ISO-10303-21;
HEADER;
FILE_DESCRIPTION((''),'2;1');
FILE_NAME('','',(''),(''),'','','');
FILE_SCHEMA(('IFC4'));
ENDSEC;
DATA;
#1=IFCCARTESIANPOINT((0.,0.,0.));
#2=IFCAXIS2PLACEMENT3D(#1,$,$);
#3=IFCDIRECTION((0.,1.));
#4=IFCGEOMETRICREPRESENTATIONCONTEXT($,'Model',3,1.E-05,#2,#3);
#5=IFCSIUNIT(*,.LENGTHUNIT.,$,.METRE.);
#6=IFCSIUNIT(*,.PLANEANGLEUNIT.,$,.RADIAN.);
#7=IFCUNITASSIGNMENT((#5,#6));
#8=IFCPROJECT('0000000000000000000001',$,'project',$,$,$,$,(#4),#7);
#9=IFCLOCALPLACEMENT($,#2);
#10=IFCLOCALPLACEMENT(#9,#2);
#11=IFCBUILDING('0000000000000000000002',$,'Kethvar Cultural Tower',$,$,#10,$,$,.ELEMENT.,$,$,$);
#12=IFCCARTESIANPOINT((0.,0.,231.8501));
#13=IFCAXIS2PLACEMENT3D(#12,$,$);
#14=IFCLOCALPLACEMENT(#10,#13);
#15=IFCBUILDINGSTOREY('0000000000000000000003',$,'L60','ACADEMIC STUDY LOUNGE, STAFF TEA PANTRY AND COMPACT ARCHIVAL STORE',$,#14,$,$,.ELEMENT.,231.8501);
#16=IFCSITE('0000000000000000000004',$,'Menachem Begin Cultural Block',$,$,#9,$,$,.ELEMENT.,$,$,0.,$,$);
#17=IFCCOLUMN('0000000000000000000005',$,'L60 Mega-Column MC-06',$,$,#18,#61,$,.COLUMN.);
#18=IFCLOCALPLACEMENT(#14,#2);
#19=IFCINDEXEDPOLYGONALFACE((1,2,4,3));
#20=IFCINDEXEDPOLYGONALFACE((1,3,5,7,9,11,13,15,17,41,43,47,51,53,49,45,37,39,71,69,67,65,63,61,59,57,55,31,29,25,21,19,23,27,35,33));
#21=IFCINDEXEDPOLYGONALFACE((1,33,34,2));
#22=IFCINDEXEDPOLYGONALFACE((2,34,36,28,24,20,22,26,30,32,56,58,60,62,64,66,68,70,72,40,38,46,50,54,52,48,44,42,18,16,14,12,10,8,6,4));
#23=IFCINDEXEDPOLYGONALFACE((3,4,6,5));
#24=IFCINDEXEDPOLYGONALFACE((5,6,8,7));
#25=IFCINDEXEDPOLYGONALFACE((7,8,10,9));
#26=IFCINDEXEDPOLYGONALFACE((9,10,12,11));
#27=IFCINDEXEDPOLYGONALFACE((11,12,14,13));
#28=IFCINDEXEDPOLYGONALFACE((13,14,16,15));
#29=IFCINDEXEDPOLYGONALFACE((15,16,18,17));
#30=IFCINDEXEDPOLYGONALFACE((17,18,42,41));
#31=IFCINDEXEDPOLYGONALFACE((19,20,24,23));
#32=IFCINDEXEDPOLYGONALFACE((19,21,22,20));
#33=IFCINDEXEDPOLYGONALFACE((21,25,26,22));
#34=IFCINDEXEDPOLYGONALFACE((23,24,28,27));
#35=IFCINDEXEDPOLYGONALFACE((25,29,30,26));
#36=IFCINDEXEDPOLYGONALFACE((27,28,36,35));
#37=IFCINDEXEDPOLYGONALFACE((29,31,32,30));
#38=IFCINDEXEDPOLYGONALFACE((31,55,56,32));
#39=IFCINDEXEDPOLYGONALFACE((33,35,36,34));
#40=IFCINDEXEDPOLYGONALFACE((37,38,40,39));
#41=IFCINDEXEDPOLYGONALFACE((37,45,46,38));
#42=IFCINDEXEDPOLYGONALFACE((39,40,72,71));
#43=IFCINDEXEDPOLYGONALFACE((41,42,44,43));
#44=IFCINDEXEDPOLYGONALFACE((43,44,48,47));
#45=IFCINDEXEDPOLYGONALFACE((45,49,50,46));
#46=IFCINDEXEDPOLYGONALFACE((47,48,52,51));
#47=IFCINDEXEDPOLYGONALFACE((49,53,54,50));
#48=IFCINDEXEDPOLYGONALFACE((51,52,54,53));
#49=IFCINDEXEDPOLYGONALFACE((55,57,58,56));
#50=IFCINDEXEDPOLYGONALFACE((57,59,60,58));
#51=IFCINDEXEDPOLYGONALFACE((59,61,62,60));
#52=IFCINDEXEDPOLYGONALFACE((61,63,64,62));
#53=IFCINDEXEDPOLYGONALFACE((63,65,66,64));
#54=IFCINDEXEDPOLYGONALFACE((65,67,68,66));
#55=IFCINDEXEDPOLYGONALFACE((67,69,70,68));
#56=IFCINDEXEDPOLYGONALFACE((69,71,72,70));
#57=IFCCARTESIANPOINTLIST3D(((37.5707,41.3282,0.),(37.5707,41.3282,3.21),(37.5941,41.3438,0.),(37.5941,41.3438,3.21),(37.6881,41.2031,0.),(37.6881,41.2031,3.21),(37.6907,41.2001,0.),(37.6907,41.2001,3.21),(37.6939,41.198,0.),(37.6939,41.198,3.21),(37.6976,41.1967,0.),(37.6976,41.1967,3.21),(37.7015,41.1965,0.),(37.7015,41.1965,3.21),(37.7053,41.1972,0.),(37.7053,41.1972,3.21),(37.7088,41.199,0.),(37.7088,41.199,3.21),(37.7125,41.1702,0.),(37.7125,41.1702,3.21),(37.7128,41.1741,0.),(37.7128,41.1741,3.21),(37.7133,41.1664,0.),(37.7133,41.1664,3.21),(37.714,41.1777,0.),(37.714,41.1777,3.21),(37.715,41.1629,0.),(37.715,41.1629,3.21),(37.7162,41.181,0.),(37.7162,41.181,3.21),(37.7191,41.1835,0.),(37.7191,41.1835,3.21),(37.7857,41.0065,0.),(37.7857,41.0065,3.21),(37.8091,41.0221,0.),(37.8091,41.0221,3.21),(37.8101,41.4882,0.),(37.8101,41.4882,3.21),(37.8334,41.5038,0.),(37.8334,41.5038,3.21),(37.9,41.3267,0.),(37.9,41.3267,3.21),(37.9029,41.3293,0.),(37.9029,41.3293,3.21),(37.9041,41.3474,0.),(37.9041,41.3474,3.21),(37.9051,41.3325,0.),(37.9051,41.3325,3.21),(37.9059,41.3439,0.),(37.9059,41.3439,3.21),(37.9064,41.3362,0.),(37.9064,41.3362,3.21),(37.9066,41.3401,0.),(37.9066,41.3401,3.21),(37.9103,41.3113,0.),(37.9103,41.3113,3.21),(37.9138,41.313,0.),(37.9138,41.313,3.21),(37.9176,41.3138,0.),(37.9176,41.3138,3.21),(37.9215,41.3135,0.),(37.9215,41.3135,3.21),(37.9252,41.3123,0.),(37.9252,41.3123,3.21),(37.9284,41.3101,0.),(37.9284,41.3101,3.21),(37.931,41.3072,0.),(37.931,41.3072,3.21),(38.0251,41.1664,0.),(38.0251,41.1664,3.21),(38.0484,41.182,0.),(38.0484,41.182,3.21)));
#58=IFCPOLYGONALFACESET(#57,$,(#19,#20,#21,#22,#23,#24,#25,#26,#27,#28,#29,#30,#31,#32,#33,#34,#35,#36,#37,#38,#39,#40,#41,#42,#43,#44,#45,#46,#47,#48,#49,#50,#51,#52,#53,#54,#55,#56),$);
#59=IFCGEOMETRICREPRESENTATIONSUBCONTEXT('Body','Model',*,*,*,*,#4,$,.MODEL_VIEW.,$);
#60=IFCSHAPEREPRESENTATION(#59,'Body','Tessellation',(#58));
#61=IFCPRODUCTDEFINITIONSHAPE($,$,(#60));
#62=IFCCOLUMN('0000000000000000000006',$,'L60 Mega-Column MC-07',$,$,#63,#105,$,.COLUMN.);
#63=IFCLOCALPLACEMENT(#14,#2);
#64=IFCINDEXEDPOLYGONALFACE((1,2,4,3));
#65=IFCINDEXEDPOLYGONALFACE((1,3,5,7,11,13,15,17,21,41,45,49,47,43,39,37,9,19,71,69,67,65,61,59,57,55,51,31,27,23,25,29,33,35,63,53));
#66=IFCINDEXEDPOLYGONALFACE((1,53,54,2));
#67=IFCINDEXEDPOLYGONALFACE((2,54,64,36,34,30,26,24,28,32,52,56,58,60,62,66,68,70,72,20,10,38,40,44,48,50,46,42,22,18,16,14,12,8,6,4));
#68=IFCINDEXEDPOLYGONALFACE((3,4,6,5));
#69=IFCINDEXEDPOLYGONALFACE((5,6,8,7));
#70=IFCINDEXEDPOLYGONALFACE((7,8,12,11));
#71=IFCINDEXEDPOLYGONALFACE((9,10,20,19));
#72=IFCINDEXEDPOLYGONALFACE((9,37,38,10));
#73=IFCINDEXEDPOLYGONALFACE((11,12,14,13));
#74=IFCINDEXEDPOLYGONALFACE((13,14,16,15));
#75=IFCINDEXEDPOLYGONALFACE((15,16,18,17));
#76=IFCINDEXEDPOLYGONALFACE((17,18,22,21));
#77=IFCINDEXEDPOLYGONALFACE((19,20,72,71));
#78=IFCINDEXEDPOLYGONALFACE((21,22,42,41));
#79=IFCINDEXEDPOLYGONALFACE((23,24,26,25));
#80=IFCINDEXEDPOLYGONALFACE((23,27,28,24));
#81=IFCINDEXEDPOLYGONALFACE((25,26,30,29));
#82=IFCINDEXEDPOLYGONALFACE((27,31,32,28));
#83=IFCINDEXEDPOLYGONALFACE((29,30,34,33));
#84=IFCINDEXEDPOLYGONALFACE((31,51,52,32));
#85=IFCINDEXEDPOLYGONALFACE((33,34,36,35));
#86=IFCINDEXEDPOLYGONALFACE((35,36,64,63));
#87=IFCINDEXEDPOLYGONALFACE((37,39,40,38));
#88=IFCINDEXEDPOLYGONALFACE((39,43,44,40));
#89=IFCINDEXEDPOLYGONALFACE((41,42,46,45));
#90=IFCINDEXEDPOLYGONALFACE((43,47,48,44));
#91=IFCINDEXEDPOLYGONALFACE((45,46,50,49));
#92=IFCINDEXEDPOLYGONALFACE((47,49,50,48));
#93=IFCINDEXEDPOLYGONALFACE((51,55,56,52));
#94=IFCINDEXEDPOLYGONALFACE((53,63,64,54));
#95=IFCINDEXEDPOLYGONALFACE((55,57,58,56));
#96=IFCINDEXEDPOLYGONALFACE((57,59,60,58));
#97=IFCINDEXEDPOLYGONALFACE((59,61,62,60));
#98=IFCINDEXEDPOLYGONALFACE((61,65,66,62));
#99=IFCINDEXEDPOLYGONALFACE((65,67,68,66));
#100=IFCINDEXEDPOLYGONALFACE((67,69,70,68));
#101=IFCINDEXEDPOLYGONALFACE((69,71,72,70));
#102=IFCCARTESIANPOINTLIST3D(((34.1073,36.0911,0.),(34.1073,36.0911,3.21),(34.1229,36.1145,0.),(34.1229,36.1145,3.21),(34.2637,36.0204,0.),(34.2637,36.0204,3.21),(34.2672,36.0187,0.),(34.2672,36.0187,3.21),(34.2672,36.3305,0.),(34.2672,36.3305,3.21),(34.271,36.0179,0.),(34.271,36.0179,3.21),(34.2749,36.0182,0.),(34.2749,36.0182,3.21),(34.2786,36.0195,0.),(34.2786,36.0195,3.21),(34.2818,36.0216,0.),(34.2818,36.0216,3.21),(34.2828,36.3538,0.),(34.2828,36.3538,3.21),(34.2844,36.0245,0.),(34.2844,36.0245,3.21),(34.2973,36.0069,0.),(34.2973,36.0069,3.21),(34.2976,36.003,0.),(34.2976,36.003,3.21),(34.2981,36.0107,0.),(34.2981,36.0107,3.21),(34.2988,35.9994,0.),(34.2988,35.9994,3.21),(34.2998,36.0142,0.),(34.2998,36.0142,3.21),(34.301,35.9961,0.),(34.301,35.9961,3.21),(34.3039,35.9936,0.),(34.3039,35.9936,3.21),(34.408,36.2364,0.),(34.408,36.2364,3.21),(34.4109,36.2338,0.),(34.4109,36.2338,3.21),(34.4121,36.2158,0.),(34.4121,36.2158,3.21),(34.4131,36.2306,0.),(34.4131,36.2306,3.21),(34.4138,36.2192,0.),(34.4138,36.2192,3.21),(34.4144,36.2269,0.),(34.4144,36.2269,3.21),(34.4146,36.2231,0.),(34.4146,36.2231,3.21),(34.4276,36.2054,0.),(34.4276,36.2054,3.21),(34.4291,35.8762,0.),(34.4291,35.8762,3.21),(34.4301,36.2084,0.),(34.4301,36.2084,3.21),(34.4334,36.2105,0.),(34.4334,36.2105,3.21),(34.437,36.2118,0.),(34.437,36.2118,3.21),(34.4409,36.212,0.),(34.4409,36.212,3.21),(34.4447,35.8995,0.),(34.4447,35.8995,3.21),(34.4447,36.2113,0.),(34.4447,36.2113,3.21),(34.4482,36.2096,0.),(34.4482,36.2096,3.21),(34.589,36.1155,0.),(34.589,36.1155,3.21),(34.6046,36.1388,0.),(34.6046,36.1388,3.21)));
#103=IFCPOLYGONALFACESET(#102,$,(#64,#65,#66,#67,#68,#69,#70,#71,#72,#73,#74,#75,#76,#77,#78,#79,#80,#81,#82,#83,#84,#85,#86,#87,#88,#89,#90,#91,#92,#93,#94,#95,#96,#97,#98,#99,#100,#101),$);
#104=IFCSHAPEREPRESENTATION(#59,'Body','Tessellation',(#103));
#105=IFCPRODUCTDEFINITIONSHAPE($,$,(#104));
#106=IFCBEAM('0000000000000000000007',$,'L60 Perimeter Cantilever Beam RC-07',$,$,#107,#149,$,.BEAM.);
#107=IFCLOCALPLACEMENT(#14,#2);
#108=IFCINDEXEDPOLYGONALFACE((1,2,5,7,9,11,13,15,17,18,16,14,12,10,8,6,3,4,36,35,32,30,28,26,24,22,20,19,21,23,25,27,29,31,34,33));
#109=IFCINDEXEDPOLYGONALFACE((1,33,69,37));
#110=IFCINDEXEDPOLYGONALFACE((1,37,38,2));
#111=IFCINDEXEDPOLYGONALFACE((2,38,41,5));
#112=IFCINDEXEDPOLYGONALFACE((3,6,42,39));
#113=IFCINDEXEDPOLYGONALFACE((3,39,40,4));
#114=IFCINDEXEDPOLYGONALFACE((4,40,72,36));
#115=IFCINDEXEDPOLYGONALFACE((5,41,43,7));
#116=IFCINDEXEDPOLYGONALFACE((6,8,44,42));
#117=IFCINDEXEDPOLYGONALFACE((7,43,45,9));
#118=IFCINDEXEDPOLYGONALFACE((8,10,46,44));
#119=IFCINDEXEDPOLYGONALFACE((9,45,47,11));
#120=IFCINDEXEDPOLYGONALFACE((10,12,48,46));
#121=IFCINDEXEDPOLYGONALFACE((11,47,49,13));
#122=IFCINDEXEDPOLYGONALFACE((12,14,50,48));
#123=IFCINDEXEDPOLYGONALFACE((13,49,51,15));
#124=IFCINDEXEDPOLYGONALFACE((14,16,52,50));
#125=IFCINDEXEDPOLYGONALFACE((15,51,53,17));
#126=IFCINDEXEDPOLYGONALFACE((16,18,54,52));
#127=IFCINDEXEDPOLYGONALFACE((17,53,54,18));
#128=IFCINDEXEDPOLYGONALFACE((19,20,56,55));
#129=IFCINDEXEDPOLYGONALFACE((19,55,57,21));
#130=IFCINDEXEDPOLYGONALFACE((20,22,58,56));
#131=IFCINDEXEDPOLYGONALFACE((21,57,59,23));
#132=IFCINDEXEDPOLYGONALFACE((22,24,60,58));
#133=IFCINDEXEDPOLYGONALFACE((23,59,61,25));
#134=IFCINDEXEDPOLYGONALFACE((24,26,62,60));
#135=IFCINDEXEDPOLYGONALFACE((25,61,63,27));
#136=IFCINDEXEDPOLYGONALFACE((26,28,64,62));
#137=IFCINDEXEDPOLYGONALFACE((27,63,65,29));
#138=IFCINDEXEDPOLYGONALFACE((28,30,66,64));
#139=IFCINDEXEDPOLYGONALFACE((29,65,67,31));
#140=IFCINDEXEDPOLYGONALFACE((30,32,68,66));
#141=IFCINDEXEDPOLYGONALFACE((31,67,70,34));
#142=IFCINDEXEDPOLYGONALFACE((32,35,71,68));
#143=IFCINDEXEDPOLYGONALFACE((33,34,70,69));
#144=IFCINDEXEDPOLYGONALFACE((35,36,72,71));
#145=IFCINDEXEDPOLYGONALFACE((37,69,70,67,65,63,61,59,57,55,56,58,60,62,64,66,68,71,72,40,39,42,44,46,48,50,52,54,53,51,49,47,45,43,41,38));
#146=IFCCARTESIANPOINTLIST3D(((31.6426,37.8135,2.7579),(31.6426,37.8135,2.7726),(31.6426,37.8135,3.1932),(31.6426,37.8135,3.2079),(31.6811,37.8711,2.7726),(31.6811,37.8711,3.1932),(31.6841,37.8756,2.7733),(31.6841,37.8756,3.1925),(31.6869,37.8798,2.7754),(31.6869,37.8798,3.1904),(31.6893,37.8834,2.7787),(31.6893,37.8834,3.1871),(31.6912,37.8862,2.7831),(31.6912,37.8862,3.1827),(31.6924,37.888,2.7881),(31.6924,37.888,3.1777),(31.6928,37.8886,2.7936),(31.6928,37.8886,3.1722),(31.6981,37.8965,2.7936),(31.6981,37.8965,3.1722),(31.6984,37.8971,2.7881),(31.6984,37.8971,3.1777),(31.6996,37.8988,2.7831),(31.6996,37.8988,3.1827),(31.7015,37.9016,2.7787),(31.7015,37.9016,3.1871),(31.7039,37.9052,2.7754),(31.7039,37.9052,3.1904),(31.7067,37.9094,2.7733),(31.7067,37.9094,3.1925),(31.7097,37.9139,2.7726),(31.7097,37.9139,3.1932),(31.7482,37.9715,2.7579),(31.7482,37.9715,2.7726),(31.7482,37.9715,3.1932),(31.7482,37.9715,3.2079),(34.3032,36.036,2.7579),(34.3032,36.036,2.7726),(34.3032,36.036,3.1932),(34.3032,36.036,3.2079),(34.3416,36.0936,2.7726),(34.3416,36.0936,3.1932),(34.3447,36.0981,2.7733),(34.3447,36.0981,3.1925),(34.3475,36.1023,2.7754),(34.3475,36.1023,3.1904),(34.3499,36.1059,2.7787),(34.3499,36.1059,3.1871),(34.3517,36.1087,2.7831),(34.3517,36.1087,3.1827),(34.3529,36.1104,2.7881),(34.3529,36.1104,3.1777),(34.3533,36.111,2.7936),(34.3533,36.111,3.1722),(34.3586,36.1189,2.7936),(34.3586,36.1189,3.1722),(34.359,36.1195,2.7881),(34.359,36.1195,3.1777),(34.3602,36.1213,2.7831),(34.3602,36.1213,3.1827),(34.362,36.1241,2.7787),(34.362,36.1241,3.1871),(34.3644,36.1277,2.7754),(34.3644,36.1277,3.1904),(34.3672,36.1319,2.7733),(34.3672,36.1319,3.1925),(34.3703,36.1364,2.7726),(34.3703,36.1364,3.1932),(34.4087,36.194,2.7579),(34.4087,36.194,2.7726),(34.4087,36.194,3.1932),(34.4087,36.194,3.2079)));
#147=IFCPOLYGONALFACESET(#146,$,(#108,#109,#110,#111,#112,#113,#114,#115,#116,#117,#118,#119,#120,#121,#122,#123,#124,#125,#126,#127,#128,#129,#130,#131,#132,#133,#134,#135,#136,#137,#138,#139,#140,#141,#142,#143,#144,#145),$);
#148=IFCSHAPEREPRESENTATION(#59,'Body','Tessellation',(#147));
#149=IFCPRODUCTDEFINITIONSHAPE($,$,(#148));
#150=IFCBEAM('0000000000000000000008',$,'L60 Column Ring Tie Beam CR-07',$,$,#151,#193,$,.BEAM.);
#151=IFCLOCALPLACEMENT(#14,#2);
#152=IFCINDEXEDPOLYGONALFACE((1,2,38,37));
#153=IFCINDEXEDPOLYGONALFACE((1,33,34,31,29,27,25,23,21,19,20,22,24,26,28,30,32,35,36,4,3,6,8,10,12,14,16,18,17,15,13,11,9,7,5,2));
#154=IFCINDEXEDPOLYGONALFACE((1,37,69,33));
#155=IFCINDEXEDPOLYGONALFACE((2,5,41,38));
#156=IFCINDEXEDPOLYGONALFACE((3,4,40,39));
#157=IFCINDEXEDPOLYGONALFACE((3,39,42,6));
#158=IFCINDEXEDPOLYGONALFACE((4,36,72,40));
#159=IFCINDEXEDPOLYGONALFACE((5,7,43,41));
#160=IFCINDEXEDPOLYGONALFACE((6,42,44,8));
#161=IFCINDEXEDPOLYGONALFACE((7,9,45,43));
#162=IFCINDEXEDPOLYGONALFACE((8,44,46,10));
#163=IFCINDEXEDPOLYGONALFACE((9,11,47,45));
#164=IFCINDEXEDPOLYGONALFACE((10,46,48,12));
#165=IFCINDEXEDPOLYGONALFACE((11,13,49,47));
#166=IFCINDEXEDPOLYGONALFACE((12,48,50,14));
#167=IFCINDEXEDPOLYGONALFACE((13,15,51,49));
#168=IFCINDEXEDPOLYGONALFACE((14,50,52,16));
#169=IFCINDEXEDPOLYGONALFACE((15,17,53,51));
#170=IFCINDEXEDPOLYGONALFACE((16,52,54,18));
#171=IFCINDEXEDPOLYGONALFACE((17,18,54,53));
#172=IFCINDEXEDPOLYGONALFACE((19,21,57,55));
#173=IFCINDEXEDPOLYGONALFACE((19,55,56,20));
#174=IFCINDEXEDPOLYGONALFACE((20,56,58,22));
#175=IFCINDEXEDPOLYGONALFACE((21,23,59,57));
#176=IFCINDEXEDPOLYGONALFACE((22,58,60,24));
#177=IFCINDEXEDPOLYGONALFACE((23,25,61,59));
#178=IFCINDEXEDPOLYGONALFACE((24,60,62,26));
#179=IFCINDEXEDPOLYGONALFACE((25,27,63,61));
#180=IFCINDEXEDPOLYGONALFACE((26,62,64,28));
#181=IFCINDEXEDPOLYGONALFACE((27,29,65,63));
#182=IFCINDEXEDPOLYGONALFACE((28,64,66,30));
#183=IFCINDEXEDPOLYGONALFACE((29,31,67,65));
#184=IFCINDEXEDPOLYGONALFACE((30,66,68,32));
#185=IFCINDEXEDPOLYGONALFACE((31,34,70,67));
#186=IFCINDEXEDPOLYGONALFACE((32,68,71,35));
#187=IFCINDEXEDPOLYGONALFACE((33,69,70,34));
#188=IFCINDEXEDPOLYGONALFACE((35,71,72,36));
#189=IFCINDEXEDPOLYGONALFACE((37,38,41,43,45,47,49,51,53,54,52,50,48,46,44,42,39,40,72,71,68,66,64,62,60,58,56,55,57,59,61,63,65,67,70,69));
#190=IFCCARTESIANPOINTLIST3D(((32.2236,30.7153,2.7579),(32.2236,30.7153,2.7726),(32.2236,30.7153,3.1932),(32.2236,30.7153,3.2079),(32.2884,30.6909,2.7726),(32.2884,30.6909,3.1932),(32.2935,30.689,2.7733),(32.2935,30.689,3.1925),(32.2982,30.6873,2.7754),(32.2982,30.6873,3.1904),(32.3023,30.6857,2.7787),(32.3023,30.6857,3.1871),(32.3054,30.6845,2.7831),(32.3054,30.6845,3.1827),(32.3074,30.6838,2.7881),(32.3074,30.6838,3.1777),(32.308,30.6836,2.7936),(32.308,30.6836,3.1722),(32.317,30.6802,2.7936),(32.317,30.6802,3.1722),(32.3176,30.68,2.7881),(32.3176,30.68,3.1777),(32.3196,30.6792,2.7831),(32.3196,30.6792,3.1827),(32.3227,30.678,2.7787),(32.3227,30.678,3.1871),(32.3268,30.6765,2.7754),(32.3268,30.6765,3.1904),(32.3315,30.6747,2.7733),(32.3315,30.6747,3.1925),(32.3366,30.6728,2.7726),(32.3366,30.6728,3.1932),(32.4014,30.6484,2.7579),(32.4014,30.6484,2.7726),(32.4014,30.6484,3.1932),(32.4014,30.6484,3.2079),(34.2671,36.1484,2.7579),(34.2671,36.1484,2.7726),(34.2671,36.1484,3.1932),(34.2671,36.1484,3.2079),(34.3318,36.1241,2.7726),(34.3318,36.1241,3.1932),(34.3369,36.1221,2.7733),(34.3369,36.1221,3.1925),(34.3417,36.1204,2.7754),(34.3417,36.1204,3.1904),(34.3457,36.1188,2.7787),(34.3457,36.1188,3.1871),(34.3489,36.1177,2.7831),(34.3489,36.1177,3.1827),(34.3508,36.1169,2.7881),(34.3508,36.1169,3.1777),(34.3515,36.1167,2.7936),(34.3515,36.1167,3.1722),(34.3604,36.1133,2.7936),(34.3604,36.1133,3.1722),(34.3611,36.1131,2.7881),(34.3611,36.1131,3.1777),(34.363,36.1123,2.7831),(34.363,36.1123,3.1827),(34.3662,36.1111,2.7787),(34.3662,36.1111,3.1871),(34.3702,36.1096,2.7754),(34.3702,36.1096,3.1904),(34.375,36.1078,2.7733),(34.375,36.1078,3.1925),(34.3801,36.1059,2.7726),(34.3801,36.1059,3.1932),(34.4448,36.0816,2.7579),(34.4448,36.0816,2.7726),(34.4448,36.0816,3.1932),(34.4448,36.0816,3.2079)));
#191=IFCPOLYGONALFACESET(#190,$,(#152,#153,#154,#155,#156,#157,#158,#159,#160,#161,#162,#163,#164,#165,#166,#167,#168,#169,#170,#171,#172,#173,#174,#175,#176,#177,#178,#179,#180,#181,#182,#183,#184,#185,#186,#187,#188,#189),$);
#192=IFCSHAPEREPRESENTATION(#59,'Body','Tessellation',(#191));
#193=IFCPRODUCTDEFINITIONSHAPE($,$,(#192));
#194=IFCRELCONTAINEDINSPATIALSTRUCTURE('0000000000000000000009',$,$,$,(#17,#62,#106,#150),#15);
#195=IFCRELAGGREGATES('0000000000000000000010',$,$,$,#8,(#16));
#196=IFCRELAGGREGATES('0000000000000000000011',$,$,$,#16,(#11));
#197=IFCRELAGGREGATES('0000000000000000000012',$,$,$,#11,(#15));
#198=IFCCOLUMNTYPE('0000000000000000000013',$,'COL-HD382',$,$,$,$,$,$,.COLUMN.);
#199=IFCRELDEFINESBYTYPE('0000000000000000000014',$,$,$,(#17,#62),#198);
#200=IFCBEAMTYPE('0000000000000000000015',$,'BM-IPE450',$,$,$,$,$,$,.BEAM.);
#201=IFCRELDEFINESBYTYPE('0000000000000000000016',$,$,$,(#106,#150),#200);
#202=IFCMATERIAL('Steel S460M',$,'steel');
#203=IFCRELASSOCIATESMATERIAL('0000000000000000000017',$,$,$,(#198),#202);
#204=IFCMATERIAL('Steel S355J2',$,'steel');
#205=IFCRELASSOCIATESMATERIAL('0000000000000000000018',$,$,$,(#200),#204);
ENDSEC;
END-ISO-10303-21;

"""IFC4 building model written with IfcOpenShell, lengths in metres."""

from ifc_helpers import new_model, si_unit, direction, frame, origin, origin_2d, place, context, subcontext, project, spatial, i_section, extrude, source, transform, mapped, material, material_profile, profile_set, type_object, element, save


model = new_model("IFC4")

# Units and contexts
model_context = context("Model", 3, precision=1e-05, world=origin(), true_north=direction((0.0, 1.0)))
body_context = subcontext(model_context, "Body", "Model", "MODEL_VIEW")
ifc_project = project(units=[si_unit("LENGTHUNIT", "METRE"), si_unit("PLANEANGLEUNIT", "RADIAN")], contexts=[model_context])

# Site, building, storey
site_placement = place(None, origin())
site = spatial("IfcSite", under=ifc_project, at=site_placement, Name="Menachem Begin Cultural Block", CompositionType="ELEMENT", RefElevation=0.0)
building_placement = place(site_placement, origin())
building = spatial("IfcBuilding", under=site, at=building_placement, Name="Kethvar Cultural Tower", CompositionType="ELEMENT")
storey_placement = place(building_placement, frame((0.0, 0.0, 231.8501)))
storey = spatial("IfcBuildingStorey", under=building, at=storey_placement, Name="L60", Description="ACADEMIC STUDY LOUNGE, STAFF TEA PANTRY AND COMPACT ARCHIVAL STORE", CompositionType="ELEMENT", Elevation=231.8501)

# Columns
ifc_material_1 = material(Name="Steel S460M", Category="steel")
ifc_material_profile_1 = material_profile(ifc_material_1, i_section(OverallWidth=0.387, OverallDepth=0.3159, WebThickness=0.0186, FlangeThickness=0.0281, FilletRadius=0.0149, at=origin_2d()), Name="Steel S460M — HD400x382")
ifc_profile_set_1 = profile_set([ifc_material_profile_1], Name="Steel S460M — HD400x382")
column_type = type_object("IfcColumnType", Name="COL-HD382", PredefinedType="COLUMN", material=ifc_profile_set_1)
shared_shape_1 = source(origin(), body_context, "Body", "SweptSolid", [
    extrude(i_section(OverallWidth=0.387, OverallDepth=0.3159, WebThickness=0.0186, FlangeThickness=0.0281, FilletRadius=0.0149, at=origin_2d()), origin(), (0.0, 0.0, 1.0), 3.21),
])
for number, where, z_axis, x_axis, name in (
    (1, (37.8096, 41.2551, 0.0), (0.0, 0.0, 1.0), (-0.55557, 0.83147, 0.0), "L60 Mega-Column MC-06"),
    (2, (34.356, 36.115, 0.0), (0.0, 0.0, 1.0), (-0.83147, 0.55557, 0.0), "L60 Mega-Column MC-07"),
):
    element("IfcColumn", number, at=place(storey_placement, frame(where, z_axis=z_axis, x_axis=x_axis)), inside=storey, type_object=column_type, Name=name, PredefinedType="COLUMN", context=body_context, shape_type="MappedRepresentation", body=[
        mapped(shared_shape_1, transform((0.0, 0.0, 0.0), scale=1.0)),
    ])

# Beams
ifc_material_2 = material(Name="Steel S355J2", Category="steel")
ifc_material_profile_2 = material_profile(ifc_material_2, i_section(OverallWidth=0.1899, OverallDepth=0.45, WebThickness=0.0095, FlangeThickness=0.0146, FilletRadius=0.021, at=origin_2d()), Name="Steel S355J2 — IPE450")
ifc_profile_set_2 = profile_set([ifc_material_profile_2], Name="Steel S355J2 — IPE450")
beam_type_1 = type_object("IfcBeamType", Name="BM-IPE450", PredefinedType="BEAM", material=ifc_profile_set_2)
shared_shape_2 = source(origin(), body_context, "Body", "SweptSolid", [
    extrude(i_section(OverallWidth=0.1899, OverallDepth=0.45, WebThickness=0.0095, FlangeThickness=0.0146, FilletRadius=0.021, at=origin_2d()), origin(), (0.0, 0.0, 1.0), 3.1997),
])
beam_1_placement = place(storey_placement, frame((34.356, 36.115, 2.9829), z_axis=(-0.831498, 0.555527, 0.0), x_axis=(-0.555527, -0.831498, 0.0)))
element("IfcBeam", 3, at=beam_1_placement, inside=storey, type_object=beam_type_1, Name="L60 Perimeter Cantilever Beam RC-07", PredefinedType="BEAM", context=body_context, shape_type="MappedRepresentation", body=[
    mapped(shared_shape_2, transform((0.0, 0.0, 0.0), scale=1.0)),
])
shared_shape_3 = source(origin(), body_context, "Body", "SweptSolid", [
    extrude(i_section(OverallWidth=0.1899, OverallDepth=0.45, WebThickness=0.0095, FlangeThickness=0.0146, FilletRadius=0.021, at=origin_2d()), origin(), (0.0, 0.0, 1.0), 5.8047),
])
beam_2_placement = place(storey_placement, frame((34.356, 36.115, 2.9829), z_axis=(-0.352036, -0.935986, 0.0), x_axis=(0.935986, -0.352036, 0.0)))
element("IfcBeam", 4, at=beam_2_placement, inside=storey, type_object=beam_type_1, Name="L60 Column Ring Tie Beam CR-07", PredefinedType="BEAM", context=body_context, shape_type="MappedRepresentation", body=[
    mapped(shared_shape_3, transform((0.0, 0.0, 0.0), scale=1.0)),
])

save(model, "model.ifc")
